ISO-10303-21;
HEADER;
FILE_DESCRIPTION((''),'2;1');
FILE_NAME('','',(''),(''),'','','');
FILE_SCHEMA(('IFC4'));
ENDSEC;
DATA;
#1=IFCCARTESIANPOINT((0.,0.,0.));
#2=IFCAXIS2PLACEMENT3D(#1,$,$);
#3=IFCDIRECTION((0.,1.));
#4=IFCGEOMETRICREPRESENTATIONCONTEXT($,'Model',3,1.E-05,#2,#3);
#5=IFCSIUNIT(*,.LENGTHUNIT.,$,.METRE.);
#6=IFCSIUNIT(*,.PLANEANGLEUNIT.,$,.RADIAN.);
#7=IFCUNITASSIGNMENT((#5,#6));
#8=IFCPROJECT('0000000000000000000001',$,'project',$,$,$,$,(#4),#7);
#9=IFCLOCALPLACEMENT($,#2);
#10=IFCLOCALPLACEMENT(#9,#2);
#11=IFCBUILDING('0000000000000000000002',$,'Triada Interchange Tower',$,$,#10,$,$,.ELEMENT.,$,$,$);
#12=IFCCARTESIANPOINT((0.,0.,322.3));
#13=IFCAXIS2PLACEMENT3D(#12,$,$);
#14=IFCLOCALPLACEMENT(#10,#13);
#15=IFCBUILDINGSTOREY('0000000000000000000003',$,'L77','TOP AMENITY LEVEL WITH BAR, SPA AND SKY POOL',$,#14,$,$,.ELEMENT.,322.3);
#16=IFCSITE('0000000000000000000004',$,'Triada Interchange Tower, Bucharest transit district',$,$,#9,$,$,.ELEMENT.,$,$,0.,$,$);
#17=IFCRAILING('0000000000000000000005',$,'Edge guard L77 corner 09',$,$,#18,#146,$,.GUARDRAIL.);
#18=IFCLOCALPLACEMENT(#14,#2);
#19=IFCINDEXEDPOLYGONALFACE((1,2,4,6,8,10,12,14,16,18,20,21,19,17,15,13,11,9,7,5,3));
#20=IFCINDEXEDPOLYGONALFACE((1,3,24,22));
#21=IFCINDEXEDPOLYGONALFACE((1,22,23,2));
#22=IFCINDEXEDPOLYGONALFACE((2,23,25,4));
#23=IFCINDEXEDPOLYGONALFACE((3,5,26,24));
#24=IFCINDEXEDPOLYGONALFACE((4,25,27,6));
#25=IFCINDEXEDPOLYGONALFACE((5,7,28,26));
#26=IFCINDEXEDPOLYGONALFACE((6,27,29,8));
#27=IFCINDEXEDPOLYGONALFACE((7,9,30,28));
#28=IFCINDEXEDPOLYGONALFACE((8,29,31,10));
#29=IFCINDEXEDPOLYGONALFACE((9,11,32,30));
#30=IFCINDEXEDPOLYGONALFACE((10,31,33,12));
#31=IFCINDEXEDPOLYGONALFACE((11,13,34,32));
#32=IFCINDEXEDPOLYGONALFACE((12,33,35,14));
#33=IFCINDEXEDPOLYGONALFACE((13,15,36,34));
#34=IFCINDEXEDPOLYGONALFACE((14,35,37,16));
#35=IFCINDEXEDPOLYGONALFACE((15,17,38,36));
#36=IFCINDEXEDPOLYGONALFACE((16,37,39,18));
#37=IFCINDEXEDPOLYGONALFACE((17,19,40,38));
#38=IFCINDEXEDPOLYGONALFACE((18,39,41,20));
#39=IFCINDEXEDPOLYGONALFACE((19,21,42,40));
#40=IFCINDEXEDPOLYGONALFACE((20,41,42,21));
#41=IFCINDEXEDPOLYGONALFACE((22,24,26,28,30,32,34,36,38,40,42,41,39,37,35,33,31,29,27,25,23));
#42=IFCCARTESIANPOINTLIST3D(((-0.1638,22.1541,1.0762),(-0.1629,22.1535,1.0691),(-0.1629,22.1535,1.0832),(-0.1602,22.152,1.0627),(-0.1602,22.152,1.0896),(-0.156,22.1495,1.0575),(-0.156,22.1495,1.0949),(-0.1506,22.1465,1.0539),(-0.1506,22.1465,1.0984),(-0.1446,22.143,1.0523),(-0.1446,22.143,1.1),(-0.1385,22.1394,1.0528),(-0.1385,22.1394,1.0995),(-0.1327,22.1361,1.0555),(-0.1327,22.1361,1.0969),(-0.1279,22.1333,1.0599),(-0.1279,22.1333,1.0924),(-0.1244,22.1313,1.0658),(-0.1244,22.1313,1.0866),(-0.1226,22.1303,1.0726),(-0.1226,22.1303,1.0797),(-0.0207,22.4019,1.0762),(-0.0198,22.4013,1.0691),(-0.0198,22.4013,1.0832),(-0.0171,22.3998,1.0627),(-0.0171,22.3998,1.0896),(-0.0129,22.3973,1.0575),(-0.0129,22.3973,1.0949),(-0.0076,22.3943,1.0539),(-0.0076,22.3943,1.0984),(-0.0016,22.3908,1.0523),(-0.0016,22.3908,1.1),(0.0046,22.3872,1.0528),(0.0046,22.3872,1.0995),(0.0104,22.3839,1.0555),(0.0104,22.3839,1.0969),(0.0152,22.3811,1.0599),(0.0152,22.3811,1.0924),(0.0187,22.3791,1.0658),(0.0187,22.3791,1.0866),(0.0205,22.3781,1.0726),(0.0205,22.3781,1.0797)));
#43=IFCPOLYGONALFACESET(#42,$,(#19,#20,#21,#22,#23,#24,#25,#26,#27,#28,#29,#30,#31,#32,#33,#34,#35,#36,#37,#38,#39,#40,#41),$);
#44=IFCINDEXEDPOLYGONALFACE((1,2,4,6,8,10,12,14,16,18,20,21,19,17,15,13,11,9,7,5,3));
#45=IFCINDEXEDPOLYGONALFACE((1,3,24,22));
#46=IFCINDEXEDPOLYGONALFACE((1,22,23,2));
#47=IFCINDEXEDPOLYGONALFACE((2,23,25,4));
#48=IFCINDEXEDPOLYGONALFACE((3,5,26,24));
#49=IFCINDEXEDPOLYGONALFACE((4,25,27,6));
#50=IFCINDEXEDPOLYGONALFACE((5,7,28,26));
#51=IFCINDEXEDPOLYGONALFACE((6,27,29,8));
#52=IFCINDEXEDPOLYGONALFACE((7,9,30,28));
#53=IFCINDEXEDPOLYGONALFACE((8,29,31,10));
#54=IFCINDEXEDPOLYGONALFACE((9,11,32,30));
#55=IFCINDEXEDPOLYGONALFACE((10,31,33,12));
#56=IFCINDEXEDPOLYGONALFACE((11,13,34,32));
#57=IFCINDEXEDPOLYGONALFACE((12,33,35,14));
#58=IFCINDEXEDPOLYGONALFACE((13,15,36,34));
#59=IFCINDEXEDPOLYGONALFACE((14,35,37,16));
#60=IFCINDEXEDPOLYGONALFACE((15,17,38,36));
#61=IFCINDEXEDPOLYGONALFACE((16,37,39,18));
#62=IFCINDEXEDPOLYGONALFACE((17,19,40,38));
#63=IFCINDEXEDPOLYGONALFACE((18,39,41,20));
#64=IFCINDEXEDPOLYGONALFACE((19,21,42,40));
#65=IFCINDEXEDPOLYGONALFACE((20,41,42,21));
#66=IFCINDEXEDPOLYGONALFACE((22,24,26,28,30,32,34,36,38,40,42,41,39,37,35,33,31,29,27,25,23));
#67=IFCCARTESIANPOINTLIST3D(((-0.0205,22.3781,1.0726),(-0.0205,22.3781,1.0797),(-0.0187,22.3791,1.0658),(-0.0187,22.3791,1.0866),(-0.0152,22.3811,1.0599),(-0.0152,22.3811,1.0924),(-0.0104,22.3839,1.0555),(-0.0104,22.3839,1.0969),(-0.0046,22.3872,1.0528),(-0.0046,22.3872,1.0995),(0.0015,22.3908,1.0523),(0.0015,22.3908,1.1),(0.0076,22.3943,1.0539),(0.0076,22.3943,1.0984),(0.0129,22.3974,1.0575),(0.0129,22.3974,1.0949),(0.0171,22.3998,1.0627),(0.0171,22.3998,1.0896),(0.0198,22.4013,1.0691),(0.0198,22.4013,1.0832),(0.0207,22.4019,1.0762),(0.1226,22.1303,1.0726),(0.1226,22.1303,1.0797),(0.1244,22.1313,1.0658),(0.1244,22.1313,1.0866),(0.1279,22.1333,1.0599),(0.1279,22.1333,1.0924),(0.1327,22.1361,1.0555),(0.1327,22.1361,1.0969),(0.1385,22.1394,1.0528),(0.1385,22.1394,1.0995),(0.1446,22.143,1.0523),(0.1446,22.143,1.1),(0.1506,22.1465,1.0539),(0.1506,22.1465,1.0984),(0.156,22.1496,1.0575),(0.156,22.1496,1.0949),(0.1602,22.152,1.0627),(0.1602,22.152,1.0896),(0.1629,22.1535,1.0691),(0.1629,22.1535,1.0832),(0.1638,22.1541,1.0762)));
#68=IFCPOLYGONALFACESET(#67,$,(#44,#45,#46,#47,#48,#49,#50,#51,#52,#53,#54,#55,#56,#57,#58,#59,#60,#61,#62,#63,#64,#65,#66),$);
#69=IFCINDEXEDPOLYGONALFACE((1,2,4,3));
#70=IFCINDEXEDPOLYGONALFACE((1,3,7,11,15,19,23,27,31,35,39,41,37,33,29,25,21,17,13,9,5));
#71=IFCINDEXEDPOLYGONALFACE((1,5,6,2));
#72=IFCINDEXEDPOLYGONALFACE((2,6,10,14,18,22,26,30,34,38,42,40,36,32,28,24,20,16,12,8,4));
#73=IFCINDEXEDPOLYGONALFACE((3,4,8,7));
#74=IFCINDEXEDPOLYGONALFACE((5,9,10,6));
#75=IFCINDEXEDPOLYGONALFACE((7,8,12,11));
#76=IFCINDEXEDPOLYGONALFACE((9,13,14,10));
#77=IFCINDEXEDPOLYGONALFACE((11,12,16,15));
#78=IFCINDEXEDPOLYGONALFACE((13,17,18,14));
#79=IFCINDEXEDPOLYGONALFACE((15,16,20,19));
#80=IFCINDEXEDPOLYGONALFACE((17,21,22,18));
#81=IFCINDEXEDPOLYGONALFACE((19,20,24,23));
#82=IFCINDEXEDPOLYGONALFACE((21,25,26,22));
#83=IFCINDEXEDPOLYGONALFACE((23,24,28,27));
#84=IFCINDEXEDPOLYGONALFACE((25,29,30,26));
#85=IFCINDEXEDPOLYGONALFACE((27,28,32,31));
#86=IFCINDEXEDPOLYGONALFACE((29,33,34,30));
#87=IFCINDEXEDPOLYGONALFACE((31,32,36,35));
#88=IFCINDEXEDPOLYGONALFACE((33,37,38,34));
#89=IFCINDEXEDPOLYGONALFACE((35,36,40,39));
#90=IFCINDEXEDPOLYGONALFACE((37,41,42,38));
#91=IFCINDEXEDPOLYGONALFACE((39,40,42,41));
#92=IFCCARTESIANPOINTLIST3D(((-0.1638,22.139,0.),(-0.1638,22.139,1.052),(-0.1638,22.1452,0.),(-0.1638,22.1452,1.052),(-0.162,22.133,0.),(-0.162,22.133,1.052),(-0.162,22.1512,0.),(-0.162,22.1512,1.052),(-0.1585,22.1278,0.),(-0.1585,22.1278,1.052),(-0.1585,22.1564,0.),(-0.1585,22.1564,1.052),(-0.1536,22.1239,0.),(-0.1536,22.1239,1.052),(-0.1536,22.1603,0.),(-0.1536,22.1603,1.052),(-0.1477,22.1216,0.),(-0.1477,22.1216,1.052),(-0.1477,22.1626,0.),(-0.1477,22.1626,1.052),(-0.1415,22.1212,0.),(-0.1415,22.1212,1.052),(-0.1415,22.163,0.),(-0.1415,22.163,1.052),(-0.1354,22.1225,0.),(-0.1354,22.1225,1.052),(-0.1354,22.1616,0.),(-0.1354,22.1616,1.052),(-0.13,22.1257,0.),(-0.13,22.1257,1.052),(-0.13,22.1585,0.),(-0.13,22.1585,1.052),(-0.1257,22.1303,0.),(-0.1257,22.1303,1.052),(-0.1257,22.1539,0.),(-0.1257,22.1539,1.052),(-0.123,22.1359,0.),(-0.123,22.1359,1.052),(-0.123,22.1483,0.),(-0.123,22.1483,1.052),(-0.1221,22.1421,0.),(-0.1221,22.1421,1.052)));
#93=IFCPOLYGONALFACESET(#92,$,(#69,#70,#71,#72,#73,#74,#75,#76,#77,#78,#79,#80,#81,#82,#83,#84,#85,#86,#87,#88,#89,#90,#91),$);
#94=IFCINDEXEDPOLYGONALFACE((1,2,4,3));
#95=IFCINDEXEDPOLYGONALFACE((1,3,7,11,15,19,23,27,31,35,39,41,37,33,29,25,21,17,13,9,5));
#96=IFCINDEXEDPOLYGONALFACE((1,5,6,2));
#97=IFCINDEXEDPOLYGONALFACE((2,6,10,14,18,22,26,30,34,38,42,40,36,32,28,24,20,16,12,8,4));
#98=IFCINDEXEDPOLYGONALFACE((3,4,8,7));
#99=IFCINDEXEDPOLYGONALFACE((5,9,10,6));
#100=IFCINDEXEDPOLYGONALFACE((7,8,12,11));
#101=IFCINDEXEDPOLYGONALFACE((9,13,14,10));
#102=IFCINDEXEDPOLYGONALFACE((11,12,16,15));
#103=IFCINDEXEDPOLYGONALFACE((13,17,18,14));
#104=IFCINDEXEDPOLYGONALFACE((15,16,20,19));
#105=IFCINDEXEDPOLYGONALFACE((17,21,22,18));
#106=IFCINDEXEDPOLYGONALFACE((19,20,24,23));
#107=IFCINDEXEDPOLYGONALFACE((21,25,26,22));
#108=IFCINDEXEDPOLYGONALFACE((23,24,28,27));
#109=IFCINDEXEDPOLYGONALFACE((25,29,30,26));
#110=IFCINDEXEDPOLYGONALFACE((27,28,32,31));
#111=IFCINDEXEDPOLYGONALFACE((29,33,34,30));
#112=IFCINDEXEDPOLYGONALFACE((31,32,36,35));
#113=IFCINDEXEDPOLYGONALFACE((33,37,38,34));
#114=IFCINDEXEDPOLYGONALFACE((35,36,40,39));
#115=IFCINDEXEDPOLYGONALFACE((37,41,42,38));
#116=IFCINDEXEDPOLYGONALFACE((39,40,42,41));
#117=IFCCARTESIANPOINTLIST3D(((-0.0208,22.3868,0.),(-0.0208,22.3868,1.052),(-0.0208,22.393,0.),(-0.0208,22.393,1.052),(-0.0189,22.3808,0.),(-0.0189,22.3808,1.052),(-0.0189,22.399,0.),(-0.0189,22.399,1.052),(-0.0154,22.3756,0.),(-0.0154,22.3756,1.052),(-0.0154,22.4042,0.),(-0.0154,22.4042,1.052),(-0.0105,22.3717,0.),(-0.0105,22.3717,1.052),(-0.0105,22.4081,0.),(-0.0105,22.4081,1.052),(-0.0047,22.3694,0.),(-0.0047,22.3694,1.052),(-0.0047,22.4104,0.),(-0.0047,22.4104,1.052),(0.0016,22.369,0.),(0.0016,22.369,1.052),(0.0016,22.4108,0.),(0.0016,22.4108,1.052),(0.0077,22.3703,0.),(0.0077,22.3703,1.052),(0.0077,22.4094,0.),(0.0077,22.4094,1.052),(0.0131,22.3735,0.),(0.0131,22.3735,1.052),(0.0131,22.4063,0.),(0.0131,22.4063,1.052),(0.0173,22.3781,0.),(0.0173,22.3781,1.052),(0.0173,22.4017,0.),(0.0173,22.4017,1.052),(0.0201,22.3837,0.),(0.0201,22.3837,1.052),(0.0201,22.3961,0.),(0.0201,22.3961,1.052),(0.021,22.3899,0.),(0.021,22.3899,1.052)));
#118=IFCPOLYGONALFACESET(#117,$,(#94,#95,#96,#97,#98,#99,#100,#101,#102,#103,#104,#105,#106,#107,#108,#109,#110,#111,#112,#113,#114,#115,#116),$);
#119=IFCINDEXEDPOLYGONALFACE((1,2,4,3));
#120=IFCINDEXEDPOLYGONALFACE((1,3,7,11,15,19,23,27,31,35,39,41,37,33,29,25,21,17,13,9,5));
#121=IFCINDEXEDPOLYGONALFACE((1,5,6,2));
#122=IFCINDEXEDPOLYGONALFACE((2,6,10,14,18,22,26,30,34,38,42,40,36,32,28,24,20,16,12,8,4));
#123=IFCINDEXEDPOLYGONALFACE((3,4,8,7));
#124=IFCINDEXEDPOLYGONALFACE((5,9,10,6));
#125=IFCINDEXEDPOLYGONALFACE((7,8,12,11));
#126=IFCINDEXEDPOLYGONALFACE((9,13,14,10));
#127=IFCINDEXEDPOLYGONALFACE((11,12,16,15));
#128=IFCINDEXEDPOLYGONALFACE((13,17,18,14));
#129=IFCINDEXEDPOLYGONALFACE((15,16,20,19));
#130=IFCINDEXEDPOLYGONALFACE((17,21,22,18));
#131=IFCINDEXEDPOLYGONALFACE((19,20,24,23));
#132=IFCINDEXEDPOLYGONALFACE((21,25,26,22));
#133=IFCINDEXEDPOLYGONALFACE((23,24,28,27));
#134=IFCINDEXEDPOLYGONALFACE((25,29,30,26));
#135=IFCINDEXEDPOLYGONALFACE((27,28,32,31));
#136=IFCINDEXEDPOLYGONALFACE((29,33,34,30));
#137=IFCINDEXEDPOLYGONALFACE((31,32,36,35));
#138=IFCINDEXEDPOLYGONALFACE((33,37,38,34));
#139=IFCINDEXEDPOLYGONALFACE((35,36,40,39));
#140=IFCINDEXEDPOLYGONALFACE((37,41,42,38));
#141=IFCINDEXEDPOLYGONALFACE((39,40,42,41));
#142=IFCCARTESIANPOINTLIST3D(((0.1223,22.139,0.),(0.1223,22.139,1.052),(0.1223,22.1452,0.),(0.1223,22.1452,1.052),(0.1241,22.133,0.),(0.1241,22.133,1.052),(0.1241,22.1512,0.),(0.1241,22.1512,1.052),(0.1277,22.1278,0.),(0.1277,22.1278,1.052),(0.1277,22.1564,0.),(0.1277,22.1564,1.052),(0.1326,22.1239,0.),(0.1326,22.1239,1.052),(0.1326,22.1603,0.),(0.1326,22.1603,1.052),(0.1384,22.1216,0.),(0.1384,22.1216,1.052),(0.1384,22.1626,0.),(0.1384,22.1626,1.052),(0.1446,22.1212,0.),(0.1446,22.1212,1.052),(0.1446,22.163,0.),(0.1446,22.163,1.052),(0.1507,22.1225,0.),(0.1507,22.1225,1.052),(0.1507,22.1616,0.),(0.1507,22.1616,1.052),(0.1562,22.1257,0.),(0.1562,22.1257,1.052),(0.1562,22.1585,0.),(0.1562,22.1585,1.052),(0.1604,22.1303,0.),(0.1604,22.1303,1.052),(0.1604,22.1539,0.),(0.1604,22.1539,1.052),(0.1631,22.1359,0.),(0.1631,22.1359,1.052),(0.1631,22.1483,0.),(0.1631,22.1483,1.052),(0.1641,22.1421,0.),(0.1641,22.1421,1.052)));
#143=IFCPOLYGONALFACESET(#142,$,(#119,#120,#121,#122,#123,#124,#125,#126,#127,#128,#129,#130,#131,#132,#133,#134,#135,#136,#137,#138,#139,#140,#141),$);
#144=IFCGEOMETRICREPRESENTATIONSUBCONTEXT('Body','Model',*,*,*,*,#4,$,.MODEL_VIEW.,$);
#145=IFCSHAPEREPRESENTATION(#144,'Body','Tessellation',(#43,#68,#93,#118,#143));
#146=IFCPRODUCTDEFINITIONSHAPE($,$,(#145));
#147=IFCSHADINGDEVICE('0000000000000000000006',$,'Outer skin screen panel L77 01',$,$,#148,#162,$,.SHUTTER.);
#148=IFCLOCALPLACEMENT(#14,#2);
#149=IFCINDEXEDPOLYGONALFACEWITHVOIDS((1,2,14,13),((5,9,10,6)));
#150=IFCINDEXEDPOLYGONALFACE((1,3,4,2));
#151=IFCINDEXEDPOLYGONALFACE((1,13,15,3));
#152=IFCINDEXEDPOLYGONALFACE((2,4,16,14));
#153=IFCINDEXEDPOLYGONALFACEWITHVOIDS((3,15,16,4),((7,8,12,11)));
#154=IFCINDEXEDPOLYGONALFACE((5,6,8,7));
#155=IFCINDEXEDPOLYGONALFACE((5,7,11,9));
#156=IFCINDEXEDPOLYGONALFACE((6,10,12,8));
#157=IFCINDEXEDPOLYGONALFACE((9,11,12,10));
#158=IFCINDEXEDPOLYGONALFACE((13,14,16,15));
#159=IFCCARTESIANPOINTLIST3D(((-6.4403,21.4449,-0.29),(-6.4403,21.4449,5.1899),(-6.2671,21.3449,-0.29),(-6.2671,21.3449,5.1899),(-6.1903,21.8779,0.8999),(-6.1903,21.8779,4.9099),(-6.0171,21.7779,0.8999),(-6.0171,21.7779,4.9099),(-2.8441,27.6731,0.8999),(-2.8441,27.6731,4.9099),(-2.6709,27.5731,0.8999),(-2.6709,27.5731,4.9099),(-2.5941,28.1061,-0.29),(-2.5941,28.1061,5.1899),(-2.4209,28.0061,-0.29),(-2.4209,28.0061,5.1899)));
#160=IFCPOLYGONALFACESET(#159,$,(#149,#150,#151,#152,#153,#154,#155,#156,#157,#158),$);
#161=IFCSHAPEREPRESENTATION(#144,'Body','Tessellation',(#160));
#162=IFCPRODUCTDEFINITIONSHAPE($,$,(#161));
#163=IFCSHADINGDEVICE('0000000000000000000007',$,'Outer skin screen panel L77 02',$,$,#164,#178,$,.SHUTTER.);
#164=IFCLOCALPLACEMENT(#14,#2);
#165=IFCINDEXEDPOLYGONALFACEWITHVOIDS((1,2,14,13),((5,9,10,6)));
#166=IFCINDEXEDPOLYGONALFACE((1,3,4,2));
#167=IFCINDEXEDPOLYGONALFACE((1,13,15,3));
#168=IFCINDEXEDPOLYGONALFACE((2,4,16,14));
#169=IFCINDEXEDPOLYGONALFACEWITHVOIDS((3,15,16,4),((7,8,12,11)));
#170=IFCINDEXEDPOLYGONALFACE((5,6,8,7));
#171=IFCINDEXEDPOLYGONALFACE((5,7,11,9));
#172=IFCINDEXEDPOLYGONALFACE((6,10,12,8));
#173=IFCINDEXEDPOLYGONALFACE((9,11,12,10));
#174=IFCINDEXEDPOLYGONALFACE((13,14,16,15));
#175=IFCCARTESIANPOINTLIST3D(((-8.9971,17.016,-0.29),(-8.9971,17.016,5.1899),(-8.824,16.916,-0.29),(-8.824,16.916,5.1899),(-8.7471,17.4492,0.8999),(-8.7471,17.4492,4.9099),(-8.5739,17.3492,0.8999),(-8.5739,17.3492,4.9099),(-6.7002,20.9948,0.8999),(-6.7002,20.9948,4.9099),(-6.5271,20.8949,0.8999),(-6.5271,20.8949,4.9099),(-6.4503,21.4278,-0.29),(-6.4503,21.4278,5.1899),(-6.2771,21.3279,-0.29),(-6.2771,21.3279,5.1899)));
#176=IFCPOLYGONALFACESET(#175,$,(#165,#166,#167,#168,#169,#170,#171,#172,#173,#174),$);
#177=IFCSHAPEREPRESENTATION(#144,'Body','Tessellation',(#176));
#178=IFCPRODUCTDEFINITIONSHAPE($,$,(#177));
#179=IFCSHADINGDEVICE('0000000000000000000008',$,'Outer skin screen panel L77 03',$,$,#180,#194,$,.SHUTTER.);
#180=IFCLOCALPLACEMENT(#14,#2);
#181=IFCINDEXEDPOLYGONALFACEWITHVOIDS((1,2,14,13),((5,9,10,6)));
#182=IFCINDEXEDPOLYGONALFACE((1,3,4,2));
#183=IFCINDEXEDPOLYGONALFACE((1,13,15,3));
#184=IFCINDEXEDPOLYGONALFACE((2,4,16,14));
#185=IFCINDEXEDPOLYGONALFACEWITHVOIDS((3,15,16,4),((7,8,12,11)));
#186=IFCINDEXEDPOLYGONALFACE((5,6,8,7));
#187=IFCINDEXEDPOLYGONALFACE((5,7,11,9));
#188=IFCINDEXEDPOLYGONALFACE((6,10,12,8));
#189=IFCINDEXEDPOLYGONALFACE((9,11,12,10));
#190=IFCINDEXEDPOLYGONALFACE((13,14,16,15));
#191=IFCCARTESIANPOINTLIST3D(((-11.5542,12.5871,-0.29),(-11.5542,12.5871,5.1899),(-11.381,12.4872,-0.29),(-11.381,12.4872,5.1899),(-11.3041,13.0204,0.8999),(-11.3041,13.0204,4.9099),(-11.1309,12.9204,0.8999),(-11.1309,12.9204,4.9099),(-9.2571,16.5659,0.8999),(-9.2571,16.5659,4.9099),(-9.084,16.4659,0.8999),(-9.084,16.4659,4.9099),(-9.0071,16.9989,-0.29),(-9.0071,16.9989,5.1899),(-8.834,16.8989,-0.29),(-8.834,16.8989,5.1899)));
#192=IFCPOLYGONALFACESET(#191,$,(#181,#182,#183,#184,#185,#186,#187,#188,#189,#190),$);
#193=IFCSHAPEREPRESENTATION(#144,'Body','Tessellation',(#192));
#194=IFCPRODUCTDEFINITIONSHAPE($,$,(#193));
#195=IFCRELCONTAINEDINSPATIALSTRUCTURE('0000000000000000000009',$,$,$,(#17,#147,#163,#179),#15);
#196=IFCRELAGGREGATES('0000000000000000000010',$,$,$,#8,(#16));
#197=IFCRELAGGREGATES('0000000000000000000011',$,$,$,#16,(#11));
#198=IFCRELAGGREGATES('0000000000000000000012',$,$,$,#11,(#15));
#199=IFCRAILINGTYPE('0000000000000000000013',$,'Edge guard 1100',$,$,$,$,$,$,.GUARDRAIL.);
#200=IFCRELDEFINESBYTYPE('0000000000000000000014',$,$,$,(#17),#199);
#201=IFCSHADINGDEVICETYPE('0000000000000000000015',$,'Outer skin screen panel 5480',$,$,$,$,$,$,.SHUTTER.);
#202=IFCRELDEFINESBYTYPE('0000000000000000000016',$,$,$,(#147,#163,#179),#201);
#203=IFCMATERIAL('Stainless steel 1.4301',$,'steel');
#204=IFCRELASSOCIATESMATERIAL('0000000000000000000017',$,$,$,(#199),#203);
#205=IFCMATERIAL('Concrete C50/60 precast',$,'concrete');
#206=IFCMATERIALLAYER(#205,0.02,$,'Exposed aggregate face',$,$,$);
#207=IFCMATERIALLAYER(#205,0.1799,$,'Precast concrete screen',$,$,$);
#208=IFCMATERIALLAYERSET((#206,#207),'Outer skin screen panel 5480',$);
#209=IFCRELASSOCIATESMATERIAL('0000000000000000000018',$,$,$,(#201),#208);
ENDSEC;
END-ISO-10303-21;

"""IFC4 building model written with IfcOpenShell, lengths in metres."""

from ifc_helpers import new_model, si_unit, direction, frame, origin, origin_2d, place, context, subcontext, project, spatial, polyline, circle, outline, extrude, material, layer, layer_set, type_object, element, save


model = new_model("IFC4")

# Units and contexts
model_context = context("Model", 3, precision=1e-05, world=origin(), true_north=direction((0.0, 1.0)))
body_context = subcontext(model_context, "Body", "Model", "MODEL_VIEW")
ifc_project = project(units=[si_unit("LENGTHUNIT", "METRE"), si_unit("PLANEANGLEUNIT", "RADIAN")], contexts=[model_context])

# Site, building, storey
site_placement = place(None, origin())
site = spatial("IfcSite", under=ifc_project, at=site_placement, Name="Triada Interchange Tower, Bucharest transit district", CompositionType="ELEMENT", RefElevation=0.0)
building_placement = place(site_placement, origin())
building = spatial("IfcBuilding", under=site, at=building_placement, Name="Triada Interchange Tower", CompositionType="ELEMENT")
storey_placement = place(building_placement, frame((0.0, 0.0, 322.3)))
storey = spatial("IfcBuildingStorey", under=building, at=storey_placement, Name="L77", Description="TOP AMENITY LEVEL WITH BAR, SPA AND SKY POOL", CompositionType="ELEMENT", Elevation=322.3)

# Railing
ifc_material_1 = material(Name="Stainless steel 1.4301", Category="steel")
railing_type = type_object("IfcRailingType", Name="Edge guard 1100", PredefinedType="GUARDRAIL", material=ifc_material_1)
railing_1_placement = place(storey_placement, frame((-0.1431, 22.1421, 0.0)))
element("IfcRailing", 1, at=railing_1_placement, inside=storey, type_object=railing_type, Name="Edge guard L77 corner 09", PredefinedType="GUARDRAIL", context=body_context, shape_type="SweptSolid", body=[
    extrude(circle(Radius=0.0239, at=origin_2d()), frame((0.0, 0.0, 1.0762), z_axis=(0.499993, 0.866029, 0.0), x_axis=(-0.866029, 0.499993, 0.0)), (0.0, 0.0, 1.0), 0.2861),
    extrude(circle(Radius=0.0239, at=origin_2d()), frame((0.1431, 0.2478, 1.0762), z_axis=(0.499993, -0.866029, 0.0), x_axis=(0.866029, 0.499993, 0.0)), (0.0, 0.0, 1.0), 0.2861),
    extrude(circle(Radius=0.021, at=origin_2d()), origin(), (0.0, 0.0, 1.0), 1.052),
    extrude(circle(Radius=0.021, at=origin_2d()), frame((0.1431, 0.2478, 0.0)), (0.0, 0.0, 1.0), 1.052),
    extrude(circle(Radius=0.021, at=origin_2d()), frame((0.2861, 0.0, 0.0)), (0.0, 0.0, 1.0), 1.052),
])

# Shading devices
ifc_material_2 = material(Name="Concrete C50/60 precast", Category="concrete")
ifc_layer_1 = layer(ifc_material_2, 0.02, Name="Exposed aggregate face")
ifc_layer_2 = layer(ifc_material_2, 0.1799, Name="Precast concrete screen")
ifc_layer_set_1 = layer_set([ifc_layer_1, ifc_layer_2], Name="Outer skin screen panel 5480")
shading_device_type = type_object("IfcShadingDeviceType", Name="Outer skin screen panel 5480", PredefinedType="SHUTTER", material=ifc_layer_set_1)
shading_device_1_placement = place(storey_placement, frame((-2.4209, 28.0061, -0.29), z_axis=(0.0, 0.0, 1.0), x_axis=(-0.500037, -0.866004, 0.0)))
element("IfcShadingDevice", 2, at=shading_device_1_placement, inside=storey, type_object=shading_device_type, Name="Outer skin screen panel L77 01", PredefinedType="SHUTTER", context=body_context, shape_type="SweptSolid", body=[
    extrude(outline(polyline([(0.0, 0.0), (7.6919, 0.0), (7.6919, 5.48), (0.0, 5.48), (0.0, 0.0)]), holes=[polyline([(0.5, 1.1899), (0.5, 5.2), (7.1919, 5.2), (7.1919, 1.1899), (0.5, 1.1899)])]), frame((0.0, 0.0, 0.0), z_axis=(0.0, -1.0, 0.0), x_axis=(1.0, 0.0, 0.0)), (0.0, 0.0, 1.0), 0.2),
])
for number, where, z_axis, x_axis, name in (
    (3, (-6.2771, 21.3279, -0.29), (0.0, 0.0, 1.0), (-0.499953, -0.866052, 0.0), "Outer skin screen panel L77 02"),
    (4, (-8.834, 16.8989, -0.29), (0.0, 0.0, 1.0), (-0.499989, -0.866032, 0.0), "Outer skin screen panel L77 03"),
):
    element("IfcShadingDevice", number, at=place(storey_placement, frame(where, z_axis=z_axis, x_axis=x_axis)), inside=storey, type_object=shading_device_type, Name=name, PredefinedType="SHUTTER", context=body_context, shape_type="SweptSolid", body=[
        extrude(outline(polyline([(0.0, 0.0), (5.0942, 0.0), (5.0942, 5.48), (0.0, 5.48), (0.0, 0.0)]), holes=[polyline([(0.5, 1.1899), (0.5, 5.2), (4.594, 5.2), (4.594, 1.1899), (0.5, 1.1899)])]), frame((0.0, 0.0, 0.0), z_axis=(0.0, -1.0, 0.0), x_axis=(1.0, 0.0, 0.0)), (0.0, 0.0, 1.0), 0.2),
    ])

save(model, "model.ifc")
